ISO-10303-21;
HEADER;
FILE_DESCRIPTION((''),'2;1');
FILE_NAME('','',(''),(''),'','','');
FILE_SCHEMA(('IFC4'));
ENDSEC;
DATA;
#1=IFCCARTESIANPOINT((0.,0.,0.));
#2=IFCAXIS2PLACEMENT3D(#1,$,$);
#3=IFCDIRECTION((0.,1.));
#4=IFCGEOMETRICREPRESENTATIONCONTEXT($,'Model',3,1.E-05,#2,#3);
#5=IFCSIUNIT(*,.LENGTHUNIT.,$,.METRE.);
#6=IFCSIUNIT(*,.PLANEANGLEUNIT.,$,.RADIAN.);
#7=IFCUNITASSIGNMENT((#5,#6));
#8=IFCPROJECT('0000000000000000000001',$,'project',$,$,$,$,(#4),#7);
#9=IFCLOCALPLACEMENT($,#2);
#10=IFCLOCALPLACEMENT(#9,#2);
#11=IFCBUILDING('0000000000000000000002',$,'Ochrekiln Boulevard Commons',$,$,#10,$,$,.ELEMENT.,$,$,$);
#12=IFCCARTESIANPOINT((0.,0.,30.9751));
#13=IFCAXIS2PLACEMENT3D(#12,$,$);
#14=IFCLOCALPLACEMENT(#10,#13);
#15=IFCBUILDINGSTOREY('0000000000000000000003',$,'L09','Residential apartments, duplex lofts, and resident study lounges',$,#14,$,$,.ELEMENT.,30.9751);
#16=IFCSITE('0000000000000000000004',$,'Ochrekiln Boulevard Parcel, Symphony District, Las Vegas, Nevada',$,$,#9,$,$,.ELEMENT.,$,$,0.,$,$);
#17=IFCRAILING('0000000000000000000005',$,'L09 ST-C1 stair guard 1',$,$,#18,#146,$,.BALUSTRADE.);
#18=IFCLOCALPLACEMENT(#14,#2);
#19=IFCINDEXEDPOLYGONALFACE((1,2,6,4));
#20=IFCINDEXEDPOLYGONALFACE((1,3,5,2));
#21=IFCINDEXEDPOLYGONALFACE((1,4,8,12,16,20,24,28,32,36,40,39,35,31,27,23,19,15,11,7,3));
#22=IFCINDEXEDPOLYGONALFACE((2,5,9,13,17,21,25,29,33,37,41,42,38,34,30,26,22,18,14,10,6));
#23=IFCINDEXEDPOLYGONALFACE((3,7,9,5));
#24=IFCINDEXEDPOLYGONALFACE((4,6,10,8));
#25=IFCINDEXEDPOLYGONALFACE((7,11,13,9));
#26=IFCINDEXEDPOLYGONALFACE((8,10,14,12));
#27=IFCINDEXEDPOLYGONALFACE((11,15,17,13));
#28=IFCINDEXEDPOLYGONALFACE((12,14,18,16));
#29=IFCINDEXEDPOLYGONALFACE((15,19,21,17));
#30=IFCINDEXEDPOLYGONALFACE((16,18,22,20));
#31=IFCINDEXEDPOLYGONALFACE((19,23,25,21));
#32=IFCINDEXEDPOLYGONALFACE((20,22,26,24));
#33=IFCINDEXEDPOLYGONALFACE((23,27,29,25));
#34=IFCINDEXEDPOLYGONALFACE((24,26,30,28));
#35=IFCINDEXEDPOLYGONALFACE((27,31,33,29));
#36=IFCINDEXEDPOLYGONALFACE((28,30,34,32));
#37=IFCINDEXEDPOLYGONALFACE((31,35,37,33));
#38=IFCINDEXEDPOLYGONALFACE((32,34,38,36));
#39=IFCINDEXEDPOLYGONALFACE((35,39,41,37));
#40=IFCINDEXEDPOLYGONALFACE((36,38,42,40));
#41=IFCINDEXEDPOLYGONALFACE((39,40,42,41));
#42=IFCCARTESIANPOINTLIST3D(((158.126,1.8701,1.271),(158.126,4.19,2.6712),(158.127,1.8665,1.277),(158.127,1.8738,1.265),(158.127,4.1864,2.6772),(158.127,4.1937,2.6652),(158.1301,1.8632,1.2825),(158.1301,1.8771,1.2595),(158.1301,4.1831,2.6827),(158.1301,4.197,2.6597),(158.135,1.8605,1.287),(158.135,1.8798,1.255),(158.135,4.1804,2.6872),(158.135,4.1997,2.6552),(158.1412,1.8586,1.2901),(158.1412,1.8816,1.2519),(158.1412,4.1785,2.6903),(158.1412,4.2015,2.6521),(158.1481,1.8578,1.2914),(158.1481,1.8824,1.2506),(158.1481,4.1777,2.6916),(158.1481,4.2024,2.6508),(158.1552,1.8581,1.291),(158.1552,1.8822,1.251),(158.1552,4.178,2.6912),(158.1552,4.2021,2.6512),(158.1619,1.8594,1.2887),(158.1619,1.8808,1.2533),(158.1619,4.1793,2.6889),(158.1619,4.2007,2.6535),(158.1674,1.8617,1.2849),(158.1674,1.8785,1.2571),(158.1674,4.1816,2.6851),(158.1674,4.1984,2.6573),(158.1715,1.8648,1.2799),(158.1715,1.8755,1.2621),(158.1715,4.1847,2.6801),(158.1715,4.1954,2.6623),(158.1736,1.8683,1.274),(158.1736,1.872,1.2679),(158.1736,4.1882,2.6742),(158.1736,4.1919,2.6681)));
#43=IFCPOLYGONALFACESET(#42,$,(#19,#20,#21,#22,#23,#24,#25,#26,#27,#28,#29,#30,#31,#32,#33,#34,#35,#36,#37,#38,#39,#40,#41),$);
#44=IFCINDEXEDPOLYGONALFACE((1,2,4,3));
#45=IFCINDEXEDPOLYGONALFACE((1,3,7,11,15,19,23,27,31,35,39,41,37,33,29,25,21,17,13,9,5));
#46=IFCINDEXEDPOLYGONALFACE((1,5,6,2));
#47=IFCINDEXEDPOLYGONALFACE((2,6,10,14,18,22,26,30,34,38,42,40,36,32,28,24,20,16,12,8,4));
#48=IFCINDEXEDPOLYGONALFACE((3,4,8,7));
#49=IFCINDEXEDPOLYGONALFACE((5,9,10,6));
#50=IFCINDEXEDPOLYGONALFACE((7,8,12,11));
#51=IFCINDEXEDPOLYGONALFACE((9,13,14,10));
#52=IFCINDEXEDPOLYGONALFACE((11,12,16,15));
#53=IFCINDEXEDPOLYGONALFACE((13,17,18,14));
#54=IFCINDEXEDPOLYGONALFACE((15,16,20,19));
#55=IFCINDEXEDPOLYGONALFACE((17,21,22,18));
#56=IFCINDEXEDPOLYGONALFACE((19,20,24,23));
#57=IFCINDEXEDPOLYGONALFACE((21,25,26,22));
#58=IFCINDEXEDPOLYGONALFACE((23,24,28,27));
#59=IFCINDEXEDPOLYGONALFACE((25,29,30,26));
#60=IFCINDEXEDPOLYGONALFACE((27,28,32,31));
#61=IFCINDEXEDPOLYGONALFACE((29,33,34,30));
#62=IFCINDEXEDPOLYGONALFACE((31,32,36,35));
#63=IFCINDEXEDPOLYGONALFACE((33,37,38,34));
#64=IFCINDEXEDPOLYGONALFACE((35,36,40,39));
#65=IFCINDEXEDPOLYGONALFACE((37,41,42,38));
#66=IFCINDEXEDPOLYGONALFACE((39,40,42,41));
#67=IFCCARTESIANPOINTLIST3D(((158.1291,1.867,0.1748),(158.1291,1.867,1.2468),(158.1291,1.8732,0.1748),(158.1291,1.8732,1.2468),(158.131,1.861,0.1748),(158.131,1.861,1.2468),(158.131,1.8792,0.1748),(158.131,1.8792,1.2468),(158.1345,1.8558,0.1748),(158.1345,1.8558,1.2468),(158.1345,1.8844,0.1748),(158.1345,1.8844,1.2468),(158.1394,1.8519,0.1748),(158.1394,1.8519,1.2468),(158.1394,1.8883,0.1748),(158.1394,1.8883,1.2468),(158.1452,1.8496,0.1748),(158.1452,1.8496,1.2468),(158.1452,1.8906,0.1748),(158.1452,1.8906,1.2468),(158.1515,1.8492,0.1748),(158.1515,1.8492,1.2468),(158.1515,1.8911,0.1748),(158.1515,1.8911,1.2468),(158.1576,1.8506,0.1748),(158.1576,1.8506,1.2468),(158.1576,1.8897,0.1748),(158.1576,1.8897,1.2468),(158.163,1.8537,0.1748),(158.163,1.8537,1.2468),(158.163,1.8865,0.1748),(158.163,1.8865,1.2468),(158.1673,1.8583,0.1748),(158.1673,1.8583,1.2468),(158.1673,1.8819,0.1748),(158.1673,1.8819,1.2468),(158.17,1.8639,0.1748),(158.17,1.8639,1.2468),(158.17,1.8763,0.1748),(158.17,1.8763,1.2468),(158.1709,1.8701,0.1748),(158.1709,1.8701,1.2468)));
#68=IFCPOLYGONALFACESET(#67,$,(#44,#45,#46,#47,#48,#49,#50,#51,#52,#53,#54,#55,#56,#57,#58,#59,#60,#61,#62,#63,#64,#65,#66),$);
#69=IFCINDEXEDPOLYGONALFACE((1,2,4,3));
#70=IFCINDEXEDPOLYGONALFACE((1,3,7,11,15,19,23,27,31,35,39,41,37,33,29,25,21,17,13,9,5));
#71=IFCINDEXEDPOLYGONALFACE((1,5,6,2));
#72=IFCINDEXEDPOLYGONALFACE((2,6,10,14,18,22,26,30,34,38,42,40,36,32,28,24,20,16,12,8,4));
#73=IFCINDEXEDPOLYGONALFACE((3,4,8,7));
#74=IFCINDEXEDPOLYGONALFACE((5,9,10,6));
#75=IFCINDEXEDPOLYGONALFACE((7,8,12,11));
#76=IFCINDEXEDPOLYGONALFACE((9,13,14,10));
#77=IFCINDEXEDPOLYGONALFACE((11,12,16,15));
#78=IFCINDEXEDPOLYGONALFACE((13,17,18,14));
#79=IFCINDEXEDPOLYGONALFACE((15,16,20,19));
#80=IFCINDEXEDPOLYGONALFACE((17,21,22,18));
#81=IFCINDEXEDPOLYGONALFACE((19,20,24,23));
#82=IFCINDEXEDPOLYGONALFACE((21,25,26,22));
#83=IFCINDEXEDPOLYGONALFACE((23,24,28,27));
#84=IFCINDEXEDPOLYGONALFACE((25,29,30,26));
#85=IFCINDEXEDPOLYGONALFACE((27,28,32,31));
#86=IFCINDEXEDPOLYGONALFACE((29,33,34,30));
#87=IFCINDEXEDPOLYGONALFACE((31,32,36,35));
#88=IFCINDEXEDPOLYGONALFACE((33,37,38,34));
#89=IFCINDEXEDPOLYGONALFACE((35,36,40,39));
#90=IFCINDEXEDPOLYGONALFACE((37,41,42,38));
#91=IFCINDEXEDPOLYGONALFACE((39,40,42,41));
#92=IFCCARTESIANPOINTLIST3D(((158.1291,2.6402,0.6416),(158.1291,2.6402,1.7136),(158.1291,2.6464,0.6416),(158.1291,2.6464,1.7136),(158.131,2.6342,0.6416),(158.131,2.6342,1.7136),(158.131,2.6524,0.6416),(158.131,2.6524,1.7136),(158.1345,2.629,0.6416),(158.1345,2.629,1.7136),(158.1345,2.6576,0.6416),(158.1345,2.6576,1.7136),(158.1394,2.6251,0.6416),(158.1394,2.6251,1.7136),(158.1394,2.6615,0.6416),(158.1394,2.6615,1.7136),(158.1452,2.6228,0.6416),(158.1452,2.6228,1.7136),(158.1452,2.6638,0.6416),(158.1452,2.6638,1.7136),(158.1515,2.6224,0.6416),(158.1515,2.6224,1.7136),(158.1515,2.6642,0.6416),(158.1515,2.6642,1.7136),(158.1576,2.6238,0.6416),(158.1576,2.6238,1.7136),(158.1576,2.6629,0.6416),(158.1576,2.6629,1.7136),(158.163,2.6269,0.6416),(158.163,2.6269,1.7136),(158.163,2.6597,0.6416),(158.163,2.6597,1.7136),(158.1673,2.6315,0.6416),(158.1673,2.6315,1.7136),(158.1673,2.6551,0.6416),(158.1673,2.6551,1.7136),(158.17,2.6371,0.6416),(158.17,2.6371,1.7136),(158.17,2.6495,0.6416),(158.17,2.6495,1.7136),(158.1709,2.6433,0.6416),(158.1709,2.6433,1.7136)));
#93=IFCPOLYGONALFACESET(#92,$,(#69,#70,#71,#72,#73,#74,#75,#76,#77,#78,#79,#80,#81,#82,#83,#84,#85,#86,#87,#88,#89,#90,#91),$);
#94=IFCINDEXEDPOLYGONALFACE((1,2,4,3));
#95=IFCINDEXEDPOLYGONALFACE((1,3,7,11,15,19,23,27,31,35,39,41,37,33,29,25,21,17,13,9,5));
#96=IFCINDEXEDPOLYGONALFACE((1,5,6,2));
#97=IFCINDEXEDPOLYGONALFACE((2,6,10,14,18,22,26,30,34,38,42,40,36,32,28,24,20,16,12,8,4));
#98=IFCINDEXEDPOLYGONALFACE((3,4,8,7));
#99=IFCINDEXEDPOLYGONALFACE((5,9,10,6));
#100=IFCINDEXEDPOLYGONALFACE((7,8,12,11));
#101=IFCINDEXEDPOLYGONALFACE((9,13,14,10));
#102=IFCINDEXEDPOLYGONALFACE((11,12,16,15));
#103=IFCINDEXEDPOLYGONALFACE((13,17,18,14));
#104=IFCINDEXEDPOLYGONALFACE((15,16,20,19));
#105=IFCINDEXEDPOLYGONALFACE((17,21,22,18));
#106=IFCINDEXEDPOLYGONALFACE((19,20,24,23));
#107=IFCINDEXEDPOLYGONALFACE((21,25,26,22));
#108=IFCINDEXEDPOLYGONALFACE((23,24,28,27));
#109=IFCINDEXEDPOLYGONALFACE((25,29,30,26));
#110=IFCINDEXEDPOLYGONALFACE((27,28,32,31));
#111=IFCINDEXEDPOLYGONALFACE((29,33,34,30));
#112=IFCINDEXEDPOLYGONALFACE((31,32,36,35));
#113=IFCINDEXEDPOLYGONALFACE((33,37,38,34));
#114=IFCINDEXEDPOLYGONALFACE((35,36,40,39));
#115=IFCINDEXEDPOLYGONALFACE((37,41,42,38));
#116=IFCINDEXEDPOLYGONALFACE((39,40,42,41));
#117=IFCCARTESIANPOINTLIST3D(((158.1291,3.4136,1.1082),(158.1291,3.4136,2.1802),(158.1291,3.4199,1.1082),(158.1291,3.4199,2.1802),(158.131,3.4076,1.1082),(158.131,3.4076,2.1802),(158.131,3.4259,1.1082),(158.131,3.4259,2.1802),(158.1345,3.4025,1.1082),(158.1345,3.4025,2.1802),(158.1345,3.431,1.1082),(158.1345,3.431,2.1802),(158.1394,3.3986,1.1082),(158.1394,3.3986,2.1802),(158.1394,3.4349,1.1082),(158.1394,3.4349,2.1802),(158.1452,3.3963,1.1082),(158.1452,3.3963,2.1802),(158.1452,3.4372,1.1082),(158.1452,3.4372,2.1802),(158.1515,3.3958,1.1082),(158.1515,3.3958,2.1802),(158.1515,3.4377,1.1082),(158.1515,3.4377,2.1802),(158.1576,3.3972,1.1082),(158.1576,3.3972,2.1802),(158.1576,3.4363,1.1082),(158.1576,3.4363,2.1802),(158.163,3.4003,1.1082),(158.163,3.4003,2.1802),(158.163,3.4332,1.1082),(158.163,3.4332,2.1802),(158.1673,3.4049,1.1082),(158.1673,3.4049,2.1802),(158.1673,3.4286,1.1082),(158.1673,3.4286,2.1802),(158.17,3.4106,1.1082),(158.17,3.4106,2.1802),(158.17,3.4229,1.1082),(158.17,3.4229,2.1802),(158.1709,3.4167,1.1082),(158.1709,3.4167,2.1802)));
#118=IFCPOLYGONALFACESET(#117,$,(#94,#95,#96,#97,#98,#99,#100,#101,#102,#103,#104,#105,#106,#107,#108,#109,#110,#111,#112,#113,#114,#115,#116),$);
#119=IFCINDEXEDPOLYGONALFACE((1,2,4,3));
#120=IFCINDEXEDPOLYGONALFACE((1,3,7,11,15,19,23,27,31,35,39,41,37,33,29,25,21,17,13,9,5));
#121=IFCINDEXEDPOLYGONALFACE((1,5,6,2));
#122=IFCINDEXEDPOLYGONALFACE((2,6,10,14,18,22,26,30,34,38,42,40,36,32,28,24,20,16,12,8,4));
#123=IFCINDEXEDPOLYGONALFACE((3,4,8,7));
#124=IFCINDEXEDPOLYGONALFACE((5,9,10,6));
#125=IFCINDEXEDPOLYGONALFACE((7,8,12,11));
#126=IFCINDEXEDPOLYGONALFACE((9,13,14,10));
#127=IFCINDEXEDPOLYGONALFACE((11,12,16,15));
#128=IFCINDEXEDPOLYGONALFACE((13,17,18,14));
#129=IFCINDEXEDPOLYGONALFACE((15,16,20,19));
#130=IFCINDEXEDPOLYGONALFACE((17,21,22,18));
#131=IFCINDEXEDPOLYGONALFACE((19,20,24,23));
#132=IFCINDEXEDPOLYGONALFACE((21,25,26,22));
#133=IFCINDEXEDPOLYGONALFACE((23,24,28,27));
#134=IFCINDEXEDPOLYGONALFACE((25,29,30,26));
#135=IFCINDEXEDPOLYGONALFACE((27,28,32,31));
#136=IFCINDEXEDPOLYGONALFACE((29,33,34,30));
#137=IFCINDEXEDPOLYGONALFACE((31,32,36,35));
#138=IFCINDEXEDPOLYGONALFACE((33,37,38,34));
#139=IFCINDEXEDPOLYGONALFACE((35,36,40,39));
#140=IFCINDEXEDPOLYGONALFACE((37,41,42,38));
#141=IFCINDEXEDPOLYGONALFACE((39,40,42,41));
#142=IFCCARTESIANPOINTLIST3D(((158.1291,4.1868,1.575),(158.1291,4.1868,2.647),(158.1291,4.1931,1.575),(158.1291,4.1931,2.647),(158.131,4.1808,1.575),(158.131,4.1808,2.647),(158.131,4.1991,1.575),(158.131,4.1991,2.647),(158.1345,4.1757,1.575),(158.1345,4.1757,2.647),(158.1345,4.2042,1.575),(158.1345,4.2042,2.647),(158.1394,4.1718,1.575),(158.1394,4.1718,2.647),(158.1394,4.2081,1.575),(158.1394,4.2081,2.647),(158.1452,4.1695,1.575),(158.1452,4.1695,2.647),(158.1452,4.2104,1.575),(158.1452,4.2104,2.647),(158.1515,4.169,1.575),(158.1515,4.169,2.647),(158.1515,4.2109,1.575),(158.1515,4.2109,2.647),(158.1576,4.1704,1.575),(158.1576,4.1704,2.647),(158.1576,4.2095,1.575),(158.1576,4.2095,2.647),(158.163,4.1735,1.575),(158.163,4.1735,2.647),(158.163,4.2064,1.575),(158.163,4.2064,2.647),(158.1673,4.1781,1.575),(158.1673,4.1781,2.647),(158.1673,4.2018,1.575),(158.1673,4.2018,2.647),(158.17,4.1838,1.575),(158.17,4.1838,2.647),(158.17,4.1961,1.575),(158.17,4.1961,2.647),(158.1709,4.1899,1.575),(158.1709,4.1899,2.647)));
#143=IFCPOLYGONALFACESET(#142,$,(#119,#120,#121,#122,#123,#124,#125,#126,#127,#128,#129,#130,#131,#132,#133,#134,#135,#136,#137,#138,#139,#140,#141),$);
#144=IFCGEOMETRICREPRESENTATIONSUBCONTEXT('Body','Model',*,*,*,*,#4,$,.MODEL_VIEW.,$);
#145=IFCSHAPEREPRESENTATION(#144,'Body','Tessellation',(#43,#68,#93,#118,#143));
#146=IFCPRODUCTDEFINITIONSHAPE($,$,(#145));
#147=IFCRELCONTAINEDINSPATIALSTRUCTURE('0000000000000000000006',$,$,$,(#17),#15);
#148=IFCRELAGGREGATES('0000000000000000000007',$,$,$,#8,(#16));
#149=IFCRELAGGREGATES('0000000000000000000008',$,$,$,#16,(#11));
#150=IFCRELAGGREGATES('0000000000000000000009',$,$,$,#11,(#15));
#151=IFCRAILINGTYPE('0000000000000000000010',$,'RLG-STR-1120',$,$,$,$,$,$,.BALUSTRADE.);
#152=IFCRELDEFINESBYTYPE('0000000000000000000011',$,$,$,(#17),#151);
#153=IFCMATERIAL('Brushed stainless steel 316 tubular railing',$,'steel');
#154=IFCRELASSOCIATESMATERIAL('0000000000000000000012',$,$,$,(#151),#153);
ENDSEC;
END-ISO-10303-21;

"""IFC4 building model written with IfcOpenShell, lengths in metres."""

from ifc_helpers import new_model, si_unit, direction, frame, origin, origin_2d, place, context, subcontext, project, spatial, circle, extrude, material, type_object, element, save


model = new_model("IFC4")

# Units and contexts
model_context = context("Model", 3, precision=1e-05, world=origin(), true_north=direction((0.0, 1.0)))
body_context = subcontext(model_context, "Body", "Model", "MODEL_VIEW")
ifc_project = project(units=[si_unit("LENGTHUNIT", "METRE"), si_unit("PLANEANGLEUNIT", "RADIAN")], contexts=[model_context])

# Site, building, storey
site_placement = place(None, origin())
site = spatial("IfcSite", under=ifc_project, at=site_placement, Name="Ochrekiln Boulevard Parcel, Symphony District, Las Vegas, Nevada", CompositionType="ELEMENT", RefElevation=0.0)
building_placement = place(site_placement, origin())
building = spatial("IfcBuilding", under=site, at=building_placement, Name="Ochrekiln Boulevard Commons", CompositionType="ELEMENT")
storey_placement = place(building_placement, frame((0.0, 0.0, 30.9751)))
storey = spatial("IfcBuildingStorey", under=building, at=storey_placement, Name="L09", Description="Residential apartments, duplex lofts, and resident study lounges", CompositionType="ELEMENT", Elevation=30.9751)

# Railing
ifc_material_1 = material(Name="Brushed stainless steel 316 tubular railing", Category="steel")
railing_type_1 = type_object("IfcRailingType", Name="RLG-STR-1120", PredefinedType="BALUSTRADE", material=ifc_material_1)
railing_1_placement = place(storey_placement, frame((158.1499, 1.8701, 0.1748)))
element("IfcRailing", 1, at=railing_1_placement, inside=storey, type_object=railing_type_1, Name="L09 ST-C1 stair guard 1", PredefinedType="BALUSTRADE", context=body_context, shape_type="SweptSolid", body=[
    extrude(circle(Radius=0.0239, at=origin_2d()), frame((0.0, 0.0, 1.0962), z_axis=(0.0, 0.856146, 0.516733), x_axis=(-1.0, 0.0, 0.0)), (0.0, 0.0, 1.0), 2.7097),
    extrude(circle(Radius=0.021, at=origin_2d()), origin(), (0.0, 0.0, 1.0), 1.072),
    extrude(circle(Radius=0.021, at=origin_2d()), frame((0.0, 0.7732, 0.4668)), (0.0, 0.0, 1.0), 1.072),
    extrude(circle(Radius=0.021, at=origin_2d()), frame((0.0, 1.5466, 0.9333)), (0.0, 0.0, 1.0), 1.072),
    extrude(circle(Radius=0.021, at=origin_2d()), frame((0.0, 2.3198, 1.4001)), (0.0, 0.0, 1.0), 1.072),
])

save(model, "model.ifc")
